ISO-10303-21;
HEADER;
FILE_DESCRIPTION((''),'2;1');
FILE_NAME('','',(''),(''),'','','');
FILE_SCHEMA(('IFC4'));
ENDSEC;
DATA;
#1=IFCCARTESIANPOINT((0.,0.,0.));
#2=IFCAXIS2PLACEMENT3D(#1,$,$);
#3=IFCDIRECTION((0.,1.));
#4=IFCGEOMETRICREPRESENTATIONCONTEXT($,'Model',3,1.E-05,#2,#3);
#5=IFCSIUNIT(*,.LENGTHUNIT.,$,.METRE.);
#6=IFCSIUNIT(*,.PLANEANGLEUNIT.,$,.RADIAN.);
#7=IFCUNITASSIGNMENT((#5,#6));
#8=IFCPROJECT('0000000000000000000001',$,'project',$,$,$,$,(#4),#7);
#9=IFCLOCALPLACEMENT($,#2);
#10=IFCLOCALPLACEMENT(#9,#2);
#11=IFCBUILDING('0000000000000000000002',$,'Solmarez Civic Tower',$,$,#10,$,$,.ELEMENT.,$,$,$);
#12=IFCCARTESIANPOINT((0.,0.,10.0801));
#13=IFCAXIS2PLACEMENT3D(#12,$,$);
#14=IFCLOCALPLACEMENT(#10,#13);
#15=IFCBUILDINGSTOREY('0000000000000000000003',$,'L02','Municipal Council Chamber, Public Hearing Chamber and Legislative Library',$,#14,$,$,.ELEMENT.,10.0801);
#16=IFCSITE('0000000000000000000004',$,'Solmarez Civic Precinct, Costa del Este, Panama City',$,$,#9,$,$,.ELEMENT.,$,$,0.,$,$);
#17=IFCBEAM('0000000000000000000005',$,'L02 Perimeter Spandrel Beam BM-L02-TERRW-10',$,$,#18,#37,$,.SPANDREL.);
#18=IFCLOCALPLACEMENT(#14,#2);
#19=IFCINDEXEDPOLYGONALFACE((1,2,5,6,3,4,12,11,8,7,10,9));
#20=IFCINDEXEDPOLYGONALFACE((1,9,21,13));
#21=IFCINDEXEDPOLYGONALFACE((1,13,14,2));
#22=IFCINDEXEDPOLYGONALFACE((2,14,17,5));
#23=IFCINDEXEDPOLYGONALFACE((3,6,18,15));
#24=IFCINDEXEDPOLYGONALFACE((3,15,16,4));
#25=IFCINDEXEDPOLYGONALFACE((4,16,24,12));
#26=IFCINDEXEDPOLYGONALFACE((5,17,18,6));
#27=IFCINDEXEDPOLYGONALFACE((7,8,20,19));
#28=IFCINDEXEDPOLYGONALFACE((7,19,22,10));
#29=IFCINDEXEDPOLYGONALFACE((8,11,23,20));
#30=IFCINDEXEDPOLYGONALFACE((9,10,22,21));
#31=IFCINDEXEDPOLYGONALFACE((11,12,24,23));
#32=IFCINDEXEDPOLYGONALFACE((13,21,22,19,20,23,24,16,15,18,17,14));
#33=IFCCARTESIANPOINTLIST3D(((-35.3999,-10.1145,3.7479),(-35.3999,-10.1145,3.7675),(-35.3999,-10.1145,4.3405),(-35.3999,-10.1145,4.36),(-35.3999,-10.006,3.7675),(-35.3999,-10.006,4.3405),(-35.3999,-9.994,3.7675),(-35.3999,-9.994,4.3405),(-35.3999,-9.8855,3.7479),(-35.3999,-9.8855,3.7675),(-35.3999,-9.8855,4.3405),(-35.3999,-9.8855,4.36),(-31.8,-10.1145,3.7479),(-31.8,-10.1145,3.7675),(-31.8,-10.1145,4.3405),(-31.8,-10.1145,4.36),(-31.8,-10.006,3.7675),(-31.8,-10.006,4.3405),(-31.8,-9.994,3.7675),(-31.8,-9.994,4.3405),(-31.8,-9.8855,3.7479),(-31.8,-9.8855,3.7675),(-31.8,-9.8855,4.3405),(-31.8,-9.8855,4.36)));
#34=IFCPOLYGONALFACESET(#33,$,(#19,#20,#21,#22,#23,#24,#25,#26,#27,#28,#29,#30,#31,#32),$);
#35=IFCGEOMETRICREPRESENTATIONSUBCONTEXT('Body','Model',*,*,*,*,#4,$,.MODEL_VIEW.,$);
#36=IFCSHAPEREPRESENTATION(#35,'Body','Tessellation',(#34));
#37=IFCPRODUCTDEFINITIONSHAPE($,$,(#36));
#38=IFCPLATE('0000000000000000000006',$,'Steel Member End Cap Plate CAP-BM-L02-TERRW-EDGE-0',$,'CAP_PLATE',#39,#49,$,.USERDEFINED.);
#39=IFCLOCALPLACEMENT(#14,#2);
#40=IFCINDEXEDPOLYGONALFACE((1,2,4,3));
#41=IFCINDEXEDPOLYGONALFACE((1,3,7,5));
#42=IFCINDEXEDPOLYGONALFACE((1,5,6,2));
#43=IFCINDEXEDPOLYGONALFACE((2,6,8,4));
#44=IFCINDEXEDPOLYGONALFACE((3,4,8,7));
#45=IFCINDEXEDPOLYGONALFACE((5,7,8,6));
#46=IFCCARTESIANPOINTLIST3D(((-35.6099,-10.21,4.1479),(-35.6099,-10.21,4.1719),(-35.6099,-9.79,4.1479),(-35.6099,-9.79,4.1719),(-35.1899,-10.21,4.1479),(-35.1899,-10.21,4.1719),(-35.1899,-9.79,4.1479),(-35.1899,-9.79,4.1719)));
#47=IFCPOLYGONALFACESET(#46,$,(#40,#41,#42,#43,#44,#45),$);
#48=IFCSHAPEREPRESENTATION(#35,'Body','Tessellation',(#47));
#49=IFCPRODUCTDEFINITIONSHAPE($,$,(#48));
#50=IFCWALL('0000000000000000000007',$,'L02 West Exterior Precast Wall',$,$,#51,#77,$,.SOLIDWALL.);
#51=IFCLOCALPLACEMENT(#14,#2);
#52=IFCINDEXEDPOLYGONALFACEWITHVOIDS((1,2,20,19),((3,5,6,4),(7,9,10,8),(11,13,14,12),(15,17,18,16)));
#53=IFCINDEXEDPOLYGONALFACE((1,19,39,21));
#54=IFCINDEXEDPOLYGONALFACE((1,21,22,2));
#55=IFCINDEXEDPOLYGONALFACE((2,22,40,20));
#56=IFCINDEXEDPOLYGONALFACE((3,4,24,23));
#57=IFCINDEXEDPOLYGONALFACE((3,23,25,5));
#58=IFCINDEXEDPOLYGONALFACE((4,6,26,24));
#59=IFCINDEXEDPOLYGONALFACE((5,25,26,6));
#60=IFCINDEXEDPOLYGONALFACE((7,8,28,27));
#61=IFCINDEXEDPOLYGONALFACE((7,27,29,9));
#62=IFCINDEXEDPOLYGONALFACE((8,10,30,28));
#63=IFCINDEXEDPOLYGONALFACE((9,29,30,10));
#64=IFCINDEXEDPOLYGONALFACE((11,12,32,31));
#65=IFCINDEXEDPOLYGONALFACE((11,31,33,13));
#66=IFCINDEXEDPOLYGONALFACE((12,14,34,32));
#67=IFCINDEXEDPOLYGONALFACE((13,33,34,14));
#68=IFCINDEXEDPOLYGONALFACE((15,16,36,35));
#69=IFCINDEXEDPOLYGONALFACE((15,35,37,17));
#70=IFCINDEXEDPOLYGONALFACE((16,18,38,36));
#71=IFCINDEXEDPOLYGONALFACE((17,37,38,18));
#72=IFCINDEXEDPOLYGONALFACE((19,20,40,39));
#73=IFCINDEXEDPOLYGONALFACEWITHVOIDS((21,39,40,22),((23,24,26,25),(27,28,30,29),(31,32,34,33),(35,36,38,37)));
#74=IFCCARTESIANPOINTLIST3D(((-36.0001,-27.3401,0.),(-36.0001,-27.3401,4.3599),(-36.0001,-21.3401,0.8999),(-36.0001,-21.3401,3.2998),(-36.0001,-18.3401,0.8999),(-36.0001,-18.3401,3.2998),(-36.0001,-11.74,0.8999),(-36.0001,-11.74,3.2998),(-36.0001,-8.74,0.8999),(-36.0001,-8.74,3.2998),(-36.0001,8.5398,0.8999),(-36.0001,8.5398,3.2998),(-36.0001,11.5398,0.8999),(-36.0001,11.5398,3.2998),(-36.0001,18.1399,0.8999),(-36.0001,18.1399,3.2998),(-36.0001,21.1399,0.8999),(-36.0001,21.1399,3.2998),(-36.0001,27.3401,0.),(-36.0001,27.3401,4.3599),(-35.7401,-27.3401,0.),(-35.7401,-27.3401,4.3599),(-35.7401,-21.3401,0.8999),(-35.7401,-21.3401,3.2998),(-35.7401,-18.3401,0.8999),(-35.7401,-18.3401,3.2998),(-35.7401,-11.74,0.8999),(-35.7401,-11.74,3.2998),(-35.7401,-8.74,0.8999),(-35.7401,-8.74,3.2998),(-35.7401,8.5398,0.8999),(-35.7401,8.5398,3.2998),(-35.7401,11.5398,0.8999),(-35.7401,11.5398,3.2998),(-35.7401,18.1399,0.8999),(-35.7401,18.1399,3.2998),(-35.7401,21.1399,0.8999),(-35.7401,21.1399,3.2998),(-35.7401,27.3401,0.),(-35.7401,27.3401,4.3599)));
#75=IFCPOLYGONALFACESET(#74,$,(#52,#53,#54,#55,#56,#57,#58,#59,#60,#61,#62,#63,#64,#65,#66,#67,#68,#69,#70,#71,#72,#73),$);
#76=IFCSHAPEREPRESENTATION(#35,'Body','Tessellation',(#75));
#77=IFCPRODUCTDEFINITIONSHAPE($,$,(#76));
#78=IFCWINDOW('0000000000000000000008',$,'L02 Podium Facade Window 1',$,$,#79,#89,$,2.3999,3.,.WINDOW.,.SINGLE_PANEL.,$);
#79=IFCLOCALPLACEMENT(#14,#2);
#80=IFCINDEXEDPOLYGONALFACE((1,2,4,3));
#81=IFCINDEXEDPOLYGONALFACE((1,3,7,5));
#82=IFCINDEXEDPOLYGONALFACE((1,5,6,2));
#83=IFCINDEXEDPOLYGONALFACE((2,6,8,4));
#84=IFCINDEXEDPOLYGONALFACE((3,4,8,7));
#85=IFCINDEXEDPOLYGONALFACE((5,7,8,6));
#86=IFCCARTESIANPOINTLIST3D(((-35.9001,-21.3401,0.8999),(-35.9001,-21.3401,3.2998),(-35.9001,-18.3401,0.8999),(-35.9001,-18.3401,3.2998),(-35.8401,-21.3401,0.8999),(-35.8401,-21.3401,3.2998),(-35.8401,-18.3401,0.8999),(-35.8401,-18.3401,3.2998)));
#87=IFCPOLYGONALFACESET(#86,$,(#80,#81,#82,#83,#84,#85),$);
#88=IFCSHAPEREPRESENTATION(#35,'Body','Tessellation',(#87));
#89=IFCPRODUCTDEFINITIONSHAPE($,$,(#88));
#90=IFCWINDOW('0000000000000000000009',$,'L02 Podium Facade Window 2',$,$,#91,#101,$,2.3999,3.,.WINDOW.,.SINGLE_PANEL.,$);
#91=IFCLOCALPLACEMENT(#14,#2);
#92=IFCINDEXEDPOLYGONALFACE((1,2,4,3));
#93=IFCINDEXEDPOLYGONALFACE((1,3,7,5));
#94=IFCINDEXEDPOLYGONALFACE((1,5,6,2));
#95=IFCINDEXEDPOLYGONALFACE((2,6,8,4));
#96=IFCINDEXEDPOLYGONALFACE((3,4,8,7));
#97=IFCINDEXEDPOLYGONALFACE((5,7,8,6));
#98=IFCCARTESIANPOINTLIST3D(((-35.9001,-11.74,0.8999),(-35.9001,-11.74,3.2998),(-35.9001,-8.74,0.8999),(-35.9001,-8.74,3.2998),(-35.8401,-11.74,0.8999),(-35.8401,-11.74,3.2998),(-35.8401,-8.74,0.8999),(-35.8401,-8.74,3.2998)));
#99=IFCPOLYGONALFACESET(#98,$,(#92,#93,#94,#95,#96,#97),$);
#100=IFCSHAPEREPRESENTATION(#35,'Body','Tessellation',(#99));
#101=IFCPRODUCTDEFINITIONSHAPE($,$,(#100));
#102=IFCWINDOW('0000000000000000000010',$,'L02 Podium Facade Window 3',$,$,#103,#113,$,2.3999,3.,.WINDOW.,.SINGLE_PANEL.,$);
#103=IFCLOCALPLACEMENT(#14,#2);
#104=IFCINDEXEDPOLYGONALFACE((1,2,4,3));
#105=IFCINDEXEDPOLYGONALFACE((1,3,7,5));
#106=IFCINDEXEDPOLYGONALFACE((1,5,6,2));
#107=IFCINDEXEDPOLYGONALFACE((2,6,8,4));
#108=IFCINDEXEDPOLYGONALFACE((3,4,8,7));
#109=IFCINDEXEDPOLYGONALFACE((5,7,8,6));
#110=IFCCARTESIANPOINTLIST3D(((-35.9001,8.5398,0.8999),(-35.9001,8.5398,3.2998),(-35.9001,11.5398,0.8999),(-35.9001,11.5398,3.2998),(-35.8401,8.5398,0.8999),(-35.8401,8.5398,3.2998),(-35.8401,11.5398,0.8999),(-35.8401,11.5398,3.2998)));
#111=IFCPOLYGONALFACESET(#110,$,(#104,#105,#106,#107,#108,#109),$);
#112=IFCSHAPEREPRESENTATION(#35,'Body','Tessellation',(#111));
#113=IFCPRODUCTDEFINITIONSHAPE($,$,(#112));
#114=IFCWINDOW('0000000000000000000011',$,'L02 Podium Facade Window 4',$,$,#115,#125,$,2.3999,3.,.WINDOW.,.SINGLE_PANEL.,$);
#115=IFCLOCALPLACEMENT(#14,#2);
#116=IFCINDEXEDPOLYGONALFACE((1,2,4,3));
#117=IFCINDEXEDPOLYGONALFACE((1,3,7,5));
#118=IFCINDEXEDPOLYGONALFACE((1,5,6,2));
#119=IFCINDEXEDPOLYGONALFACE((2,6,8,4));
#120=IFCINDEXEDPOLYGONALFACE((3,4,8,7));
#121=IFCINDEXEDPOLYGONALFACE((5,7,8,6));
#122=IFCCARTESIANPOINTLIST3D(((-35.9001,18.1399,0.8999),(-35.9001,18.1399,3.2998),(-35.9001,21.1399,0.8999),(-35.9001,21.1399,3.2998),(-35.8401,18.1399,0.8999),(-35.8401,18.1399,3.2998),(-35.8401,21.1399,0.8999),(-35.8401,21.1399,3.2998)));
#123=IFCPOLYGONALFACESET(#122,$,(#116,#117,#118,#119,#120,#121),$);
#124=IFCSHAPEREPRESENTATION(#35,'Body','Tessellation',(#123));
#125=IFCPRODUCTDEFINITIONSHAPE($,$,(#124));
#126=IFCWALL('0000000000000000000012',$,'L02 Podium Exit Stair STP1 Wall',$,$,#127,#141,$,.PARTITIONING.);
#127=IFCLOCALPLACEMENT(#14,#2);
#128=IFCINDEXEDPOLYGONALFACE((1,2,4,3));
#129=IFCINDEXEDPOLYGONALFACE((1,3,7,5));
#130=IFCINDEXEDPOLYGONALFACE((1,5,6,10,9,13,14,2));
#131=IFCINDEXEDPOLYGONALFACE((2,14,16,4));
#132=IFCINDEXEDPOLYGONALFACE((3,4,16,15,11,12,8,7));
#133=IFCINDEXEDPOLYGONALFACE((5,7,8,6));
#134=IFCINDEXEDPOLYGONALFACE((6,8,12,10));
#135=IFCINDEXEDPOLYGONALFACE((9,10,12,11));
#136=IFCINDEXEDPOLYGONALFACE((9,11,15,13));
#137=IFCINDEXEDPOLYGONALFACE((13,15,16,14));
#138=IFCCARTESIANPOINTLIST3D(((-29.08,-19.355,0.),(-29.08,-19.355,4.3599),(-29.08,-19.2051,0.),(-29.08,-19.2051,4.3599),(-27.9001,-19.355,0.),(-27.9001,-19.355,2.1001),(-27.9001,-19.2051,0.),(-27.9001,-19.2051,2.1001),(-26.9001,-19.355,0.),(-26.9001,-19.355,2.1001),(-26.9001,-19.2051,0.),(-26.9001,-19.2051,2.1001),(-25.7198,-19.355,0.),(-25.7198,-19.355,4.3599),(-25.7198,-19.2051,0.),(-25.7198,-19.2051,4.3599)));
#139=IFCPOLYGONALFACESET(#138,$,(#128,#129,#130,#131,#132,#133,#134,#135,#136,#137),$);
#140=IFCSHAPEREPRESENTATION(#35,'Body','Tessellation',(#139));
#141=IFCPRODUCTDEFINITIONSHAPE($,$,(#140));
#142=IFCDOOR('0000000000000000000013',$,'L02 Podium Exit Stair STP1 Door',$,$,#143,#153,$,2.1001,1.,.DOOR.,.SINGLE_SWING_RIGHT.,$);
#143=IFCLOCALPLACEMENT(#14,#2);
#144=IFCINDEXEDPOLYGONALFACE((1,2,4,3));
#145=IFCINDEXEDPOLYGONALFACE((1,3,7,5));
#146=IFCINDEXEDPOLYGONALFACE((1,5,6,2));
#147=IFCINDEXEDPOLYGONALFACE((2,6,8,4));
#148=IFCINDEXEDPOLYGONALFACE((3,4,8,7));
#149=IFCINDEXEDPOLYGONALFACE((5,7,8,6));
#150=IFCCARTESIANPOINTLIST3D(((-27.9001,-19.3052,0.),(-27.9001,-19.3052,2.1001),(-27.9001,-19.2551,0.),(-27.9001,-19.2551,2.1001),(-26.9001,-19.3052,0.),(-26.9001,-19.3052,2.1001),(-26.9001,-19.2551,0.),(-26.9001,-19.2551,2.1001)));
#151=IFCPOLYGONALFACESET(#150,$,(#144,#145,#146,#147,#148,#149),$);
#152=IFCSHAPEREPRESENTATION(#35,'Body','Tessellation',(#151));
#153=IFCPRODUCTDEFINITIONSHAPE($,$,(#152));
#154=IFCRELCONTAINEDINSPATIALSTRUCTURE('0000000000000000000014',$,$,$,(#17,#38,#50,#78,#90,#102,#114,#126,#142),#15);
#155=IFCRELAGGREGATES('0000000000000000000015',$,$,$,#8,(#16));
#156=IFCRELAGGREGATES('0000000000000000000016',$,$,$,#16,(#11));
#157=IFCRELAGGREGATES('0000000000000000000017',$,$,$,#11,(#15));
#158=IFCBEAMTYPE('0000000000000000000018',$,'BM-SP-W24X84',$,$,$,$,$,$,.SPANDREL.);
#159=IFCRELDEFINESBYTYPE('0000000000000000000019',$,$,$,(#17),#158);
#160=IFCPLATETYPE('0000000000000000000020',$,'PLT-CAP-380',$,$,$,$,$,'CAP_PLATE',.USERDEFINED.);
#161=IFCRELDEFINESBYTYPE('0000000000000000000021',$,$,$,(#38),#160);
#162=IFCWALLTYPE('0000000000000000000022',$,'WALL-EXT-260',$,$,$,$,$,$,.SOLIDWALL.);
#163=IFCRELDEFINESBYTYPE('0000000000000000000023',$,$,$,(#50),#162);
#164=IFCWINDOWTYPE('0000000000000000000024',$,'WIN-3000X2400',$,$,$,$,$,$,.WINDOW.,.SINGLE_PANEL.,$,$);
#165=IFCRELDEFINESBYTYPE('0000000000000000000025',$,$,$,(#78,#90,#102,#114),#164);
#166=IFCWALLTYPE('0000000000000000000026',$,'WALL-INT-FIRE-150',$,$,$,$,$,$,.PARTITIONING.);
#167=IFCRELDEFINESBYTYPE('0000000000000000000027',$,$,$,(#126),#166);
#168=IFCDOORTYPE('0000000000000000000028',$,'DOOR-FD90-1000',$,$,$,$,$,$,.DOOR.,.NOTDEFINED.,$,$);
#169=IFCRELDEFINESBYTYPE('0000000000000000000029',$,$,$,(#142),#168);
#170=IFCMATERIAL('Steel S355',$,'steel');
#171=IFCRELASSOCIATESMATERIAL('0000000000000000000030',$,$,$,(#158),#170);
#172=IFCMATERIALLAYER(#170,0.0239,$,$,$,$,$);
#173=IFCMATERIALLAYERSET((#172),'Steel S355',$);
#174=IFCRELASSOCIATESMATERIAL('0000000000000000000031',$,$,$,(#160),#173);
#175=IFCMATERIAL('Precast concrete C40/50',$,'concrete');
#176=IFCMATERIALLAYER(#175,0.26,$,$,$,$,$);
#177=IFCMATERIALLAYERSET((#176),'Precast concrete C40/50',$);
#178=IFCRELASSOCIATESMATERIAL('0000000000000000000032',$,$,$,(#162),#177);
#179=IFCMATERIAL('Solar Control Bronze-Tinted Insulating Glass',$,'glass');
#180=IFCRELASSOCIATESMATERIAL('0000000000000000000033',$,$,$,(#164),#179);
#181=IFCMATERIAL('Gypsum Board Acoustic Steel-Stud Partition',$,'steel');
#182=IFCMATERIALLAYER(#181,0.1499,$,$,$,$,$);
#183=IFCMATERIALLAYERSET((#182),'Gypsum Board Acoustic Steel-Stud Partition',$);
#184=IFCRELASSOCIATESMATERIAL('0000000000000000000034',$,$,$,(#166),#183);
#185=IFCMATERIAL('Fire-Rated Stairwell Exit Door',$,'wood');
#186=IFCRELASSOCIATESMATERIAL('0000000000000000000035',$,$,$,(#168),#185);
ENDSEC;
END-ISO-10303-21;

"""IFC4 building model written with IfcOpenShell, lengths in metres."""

from ifc_helpers import new_model, si_unit, direction, frame, frame_2d, origin, origin_2d, place, context, subcontext, project, spatial, rectangle, i_section, extrude, material, layer, layer_set, material_profile, profile_set, type_object, element, fill, save


model = new_model("IFC4")

# Units and contexts
model_context = context("Model", 3, precision=1e-05, world=origin(), true_north=direction((0.0, 1.0)))
body_context = subcontext(model_context, "Body", "Model", "MODEL_VIEW")
ifc_project = project(units=[si_unit("LENGTHUNIT", "METRE"), si_unit("PLANEANGLEUNIT", "RADIAN")], contexts=[model_context])

# Site, building, storey
site_placement = place(None, origin())
site = spatial("IfcSite", under=ifc_project, at=site_placement, Name="Solmarez Civic Precinct, Costa del Este, Panama City", CompositionType="ELEMENT", RefElevation=0.0)
building_placement = place(site_placement, origin())
building = spatial("IfcBuilding", under=site, at=building_placement, Name="Solmarez Civic Tower", CompositionType="ELEMENT")
storey_placement = place(building_placement, frame((0.0, 0.0, 10.0801)))
storey = spatial("IfcBuildingStorey", under=building, at=storey_placement, Name="L02", Description="Municipal Council Chamber, Public Hearing Chamber and Legislative Library", CompositionType="ELEMENT", Elevation=10.0801)

# Beam
ifc_material_1 = material(Name="Steel S355", Category="steel")
ifc_material_profile_1 = material_profile(ifc_material_1, i_section(OverallWidth=0.229, OverallDepth=0.6121, WebThickness=0.012, FlangeThickness=0.0195, at=origin_2d()), Name="W24X84")
ifc_profile_set_1 = profile_set([ifc_material_profile_1], Name="Steel S355")
beam_type_1 = type_object("IfcBeamType", Name="BM-SP-W24X84", PredefinedType="SPANDREL", material=ifc_profile_set_1)
beam_1_placement = place(storey_placement, frame((-31.8, -10.0, 4.054), z_axis=(-1.0, 0.0, 0.0), x_axis=(0.0, -1.0, 0.0)))
element("IfcBeam", 1, at=beam_1_placement, inside=storey, type_object=beam_type_1, Name="L02 Perimeter Spandrel Beam BM-L02-TERRW-10", PredefinedType="SPANDREL", context=body_context, shape_type="SweptSolid", body=[
    extrude(i_section(OverallWidth=0.229, OverallDepth=0.6121, WebThickness=0.012, FlangeThickness=0.0195, at=origin_2d()), origin(), (0.0, 0.0, 1.0), 3.5999),
])

# Plate
ifc_layer_1 = layer(ifc_material_1, 0.0239)
ifc_layer_set_1 = layer_set([ifc_layer_1], Name="Steel S355")
plate_type = type_object("IfcPlateType", Name="PLT-CAP-380", ElementType="CAP_PLATE", PredefinedType="USERDEFINED", material=ifc_layer_set_1)
plate_placement = place(storey_placement, frame((-35.3999, -10.0, 4.1479), z_axis=(0.0, 0.0, 1.0), x_axis=(1.0, 0.0, 0.0)))
element("IfcPlate", 2, at=plate_placement, inside=storey, type_object=plate_type, Name="Steel Member End Cap Plate CAP-BM-L02-TERRW-EDGE-0", ObjectType="CAP_PLATE", PredefinedType="USERDEFINED", context=body_context, shape_type="SweptSolid", body=[
    extrude(rectangle(XDim=0.4199, YDim=0.4199, at=origin_2d()), origin(), (0.0, 0.0, 1.0), 0.0239),
])

# Wall, openings, windows
ifc_material_2 = material(Name="Precast concrete C40/50", Category="concrete")
ifc_layer_2 = layer(ifc_material_2, 0.26)
ifc_layer_set_2 = layer_set([ifc_layer_2], Name="Precast concrete C40/50")
wall_type_1 = type_object("IfcWallType", Name="WALL-EXT-260", PredefinedType="SOLIDWALL", material=ifc_layer_set_2)
wall_1_placement = place(storey_placement, frame((-35.8701, -27.3401, 0.0), z_axis=(0.0, 0.0, 1.0), x_axis=(0.0, 1.0, 0.0)))
wall_1 = element("IfcWall", 3, at=wall_1_placement, inside=storey, type_object=wall_type_1, Name="L02 West Exterior Precast Wall", PredefinedType="SOLIDWALL", context=body_context, shape_type="SweptSolid", body=[
    extrude(rectangle(XDim=54.6802, YDim=0.26, at=frame_2d((27.3401, 0.0))), origin(), (0.0, 0.0, 1.0), 4.3599),
])
opening_1_placement = place(wall_1_placement, frame((6.0, 0.0, 0.8999)))
opening_1 = element("IfcOpeningElement", 4, at=opening_1_placement, cuts=wall_1, PredefinedType="OPENING", context=body_context, shape_type="SweptSolid", body=[
    extrude(rectangle(XDim=3.0, YDim=2.3999, at=frame_2d((1.5, 1.2))), frame((0.0, 0.1399, 0.0), z_axis=(0.0, -1.0, 0.0), x_axis=(1.0, 0.0, 0.0)), (0.0, 0.0, 1.0), 0.28),
])
opening_2_placement = place(wall_1_placement, frame((15.6001, 0.0, 0.8999)))
opening_2 = element("IfcOpeningElement", 5, at=opening_2_placement, cuts=wall_1, PredefinedType="OPENING", context=body_context, shape_type="SweptSolid", body=[
    extrude(rectangle(XDim=3.0, YDim=2.3999, at=frame_2d((1.5, 1.2))), frame((0.0, 0.1399, 0.0), z_axis=(0.0, -1.0, 0.0), x_axis=(1.0, 0.0, 0.0)), (0.0, 0.0, 1.0), 0.28),
])
opening_3_placement = place(wall_1_placement, frame((35.8799, 0.0, 0.8999)))
opening_3 = element("IfcOpeningElement", 6, at=opening_3_placement, cuts=wall_1, PredefinedType="OPENING", context=body_context, shape_type="SweptSolid", body=[
    extrude(rectangle(XDim=3.0, YDim=2.3999, at=frame_2d((1.5, 1.2))), frame((0.0, 0.1399, 0.0), z_axis=(0.0, -1.0, 0.0), x_axis=(1.0, 0.0, 0.0)), (0.0, 0.0, 1.0), 0.28),
])
opening_4_placement = place(wall_1_placement, frame((45.48, 0.0, 0.8999)))
opening_4 = element("IfcOpeningElement", 7, at=opening_4_placement, cuts=wall_1, PredefinedType="OPENING", context=body_context, shape_type="SweptSolid", body=[
    extrude(rectangle(XDim=3.0, YDim=2.3999, at=frame_2d((1.5, 1.2))), frame((0.0, 0.1399, 0.0), z_axis=(0.0, -1.0, 0.0), x_axis=(1.0, 0.0, 0.0)), (0.0, 0.0, 1.0), 0.28),
])
ifc_material_3 = material(Name="Solar Control Bronze-Tinted Insulating Glass", Category="glass")
window_type = type_object("IfcWindowType", Name="WIN-3000X2400", PartitioningType="SINGLE_PANEL", PredefinedType="WINDOW", material=ifc_material_3)
window_1_placement = place(opening_1_placement, origin())
window_1 = element("IfcWindow", 8, at=window_1_placement, inside=storey, type_object=window_type, Name="L02 Podium Facade Window 1", OverallHeight=2.3999, OverallWidth=3.0, PartitioningType="SINGLE_PANEL", PredefinedType="WINDOW", context=body_context, shape_type="SweptSolid", body=[
    extrude(rectangle(XDim=3.0, YDim=2.3999, at=frame_2d((1.5, 1.2))), frame((0.0, 0.03, 0.0), z_axis=(0.0, -1.0, 0.0), x_axis=(1.0, 0.0, 0.0)), (0.0, 0.0, 1.0), 0.0601),
])
fill(opening_1, window_1)
window_2_placement = place(opening_2_placement, origin())
window_2 = element("IfcWindow", 9, at=window_2_placement, inside=storey, type_object=window_type, Name="L02 Podium Facade Window 2", OverallHeight=2.3999, OverallWidth=3.0, PartitioningType="SINGLE_PANEL", PredefinedType="WINDOW", context=body_context, shape_type="SweptSolid", body=[
    extrude(rectangle(XDim=3.0, YDim=2.3999, at=frame_2d((1.5, 1.2))), frame((0.0, 0.03, 0.0), z_axis=(0.0, -1.0, 0.0), x_axis=(1.0, 0.0, 0.0)), (0.0, 0.0, 1.0), 0.0601),
])
fill(opening_2, window_2)
window_3_placement = place(opening_3_placement, origin())
window_3 = element("IfcWindow", 10, at=window_3_placement, inside=storey, type_object=window_type, Name="L02 Podium Facade Window 3", OverallHeight=2.3999, OverallWidth=3.0, PartitioningType="SINGLE_PANEL", PredefinedType="WINDOW", context=body_context, shape_type="SweptSolid", body=[
    extrude(rectangle(XDim=3.0, YDim=2.3999, at=frame_2d((1.5, 1.2))), frame((0.0, 0.03, 0.0), z_axis=(0.0, -1.0, 0.0), x_axis=(1.0, 0.0, 0.0)), (0.0, 0.0, 1.0), 0.0601),
])
fill(opening_3, window_3)
window_4_placement = place(opening_4_placement, origin())
window_4 = element("IfcWindow", 11, at=window_4_placement, inside=storey, type_object=window_type, Name="L02 Podium Facade Window 4", OverallHeight=2.3999, OverallWidth=3.0, PartitioningType="SINGLE_PANEL", PredefinedType="WINDOW", context=body_context, shape_type="SweptSolid", body=[
    extrude(rectangle(XDim=3.0, YDim=2.3999, at=frame_2d((1.5, 1.2))), frame((0.0, 0.03, 0.0), z_axis=(0.0, -1.0, 0.0), x_axis=(1.0, 0.0, 0.0)), (0.0, 0.0, 1.0), 0.0601),
])
fill(opening_4, window_4)

# Wall, opening, door
ifc_material_4 = material(Name="Gypsum Board Acoustic Steel-Stud Partition", Category="steel")
ifc_layer_3 = layer(ifc_material_4, 0.1499)
ifc_layer_set_3 = layer_set([ifc_layer_3], Name="Gypsum Board Acoustic Steel-Stud Partition")
wall_type_2 = type_object("IfcWallType", Name="WALL-INT-FIRE-150", PredefinedType="PARTITIONING", material=ifc_layer_set_3)
wall_2_placement = place(storey_placement, frame((-29.0801, -19.28, 0.0), z_axis=(0.0, 0.0, 1.0), x_axis=(1.0, 0.0, 0.0)))
wall_2 = element("IfcWall", 12, at=wall_2_placement, inside=storey, type_object=wall_type_2, Name="L02 Podium Exit Stair STP1 Wall", PredefinedType="PARTITIONING", context=body_context, shape_type="SweptSolid", body=[
    extrude(rectangle(XDim=3.3601, YDim=0.1499, at=frame_2d((1.6802, 0.0))), origin(), (0.0, 0.0, 1.0), 4.3599),
])
opening_5_placement = place(wall_2_placement, frame((1.1799, 0.0, 0.0)))
opening_5 = element("IfcOpeningElement", 13, at=opening_5_placement, cuts=wall_2, PredefinedType="OPENING", context=body_context, shape_type="SweptSolid", body=[
    extrude(rectangle(XDim=1.0, YDim=2.1001, at=frame_2d((0.5, 1.05))), frame((0.0, 0.085, 0.0), z_axis=(0.0, -1.0, 0.0), x_axis=(1.0, 0.0, 0.0)), (0.0, 0.0, 1.0), 0.1699),
])
ifc_material_5 = material(Name="Fire-Rated Stairwell Exit Door", Category="wood")
door_type = type_object("IfcDoorType", Name="DOOR-FD90-1000", OperationType="NOTDEFINED", PredefinedType="DOOR", material=ifc_material_5)
door_placement = place(opening_5_placement, origin())
door = element("IfcDoor", 14, at=door_placement, inside=storey, type_object=door_type, Name="L02 Podium Exit Stair STP1 Door", OperationType="SINGLE_SWING_RIGHT", OverallHeight=2.1001, OverallWidth=1.0, PredefinedType="DOOR", context=body_context, shape_type="SweptSolid", body=[
    extrude(rectangle(XDim=1.0, YDim=2.1001, at=frame_2d((0.5, 1.05))), frame((0.0, 0.0249, 0.0), z_axis=(0.0, -1.0, 0.0), x_axis=(1.0, 0.0, 0.0)), (0.0, 0.0, 1.0), 0.05),
])
fill(opening_5, door)

save(model, "model.ifc")
